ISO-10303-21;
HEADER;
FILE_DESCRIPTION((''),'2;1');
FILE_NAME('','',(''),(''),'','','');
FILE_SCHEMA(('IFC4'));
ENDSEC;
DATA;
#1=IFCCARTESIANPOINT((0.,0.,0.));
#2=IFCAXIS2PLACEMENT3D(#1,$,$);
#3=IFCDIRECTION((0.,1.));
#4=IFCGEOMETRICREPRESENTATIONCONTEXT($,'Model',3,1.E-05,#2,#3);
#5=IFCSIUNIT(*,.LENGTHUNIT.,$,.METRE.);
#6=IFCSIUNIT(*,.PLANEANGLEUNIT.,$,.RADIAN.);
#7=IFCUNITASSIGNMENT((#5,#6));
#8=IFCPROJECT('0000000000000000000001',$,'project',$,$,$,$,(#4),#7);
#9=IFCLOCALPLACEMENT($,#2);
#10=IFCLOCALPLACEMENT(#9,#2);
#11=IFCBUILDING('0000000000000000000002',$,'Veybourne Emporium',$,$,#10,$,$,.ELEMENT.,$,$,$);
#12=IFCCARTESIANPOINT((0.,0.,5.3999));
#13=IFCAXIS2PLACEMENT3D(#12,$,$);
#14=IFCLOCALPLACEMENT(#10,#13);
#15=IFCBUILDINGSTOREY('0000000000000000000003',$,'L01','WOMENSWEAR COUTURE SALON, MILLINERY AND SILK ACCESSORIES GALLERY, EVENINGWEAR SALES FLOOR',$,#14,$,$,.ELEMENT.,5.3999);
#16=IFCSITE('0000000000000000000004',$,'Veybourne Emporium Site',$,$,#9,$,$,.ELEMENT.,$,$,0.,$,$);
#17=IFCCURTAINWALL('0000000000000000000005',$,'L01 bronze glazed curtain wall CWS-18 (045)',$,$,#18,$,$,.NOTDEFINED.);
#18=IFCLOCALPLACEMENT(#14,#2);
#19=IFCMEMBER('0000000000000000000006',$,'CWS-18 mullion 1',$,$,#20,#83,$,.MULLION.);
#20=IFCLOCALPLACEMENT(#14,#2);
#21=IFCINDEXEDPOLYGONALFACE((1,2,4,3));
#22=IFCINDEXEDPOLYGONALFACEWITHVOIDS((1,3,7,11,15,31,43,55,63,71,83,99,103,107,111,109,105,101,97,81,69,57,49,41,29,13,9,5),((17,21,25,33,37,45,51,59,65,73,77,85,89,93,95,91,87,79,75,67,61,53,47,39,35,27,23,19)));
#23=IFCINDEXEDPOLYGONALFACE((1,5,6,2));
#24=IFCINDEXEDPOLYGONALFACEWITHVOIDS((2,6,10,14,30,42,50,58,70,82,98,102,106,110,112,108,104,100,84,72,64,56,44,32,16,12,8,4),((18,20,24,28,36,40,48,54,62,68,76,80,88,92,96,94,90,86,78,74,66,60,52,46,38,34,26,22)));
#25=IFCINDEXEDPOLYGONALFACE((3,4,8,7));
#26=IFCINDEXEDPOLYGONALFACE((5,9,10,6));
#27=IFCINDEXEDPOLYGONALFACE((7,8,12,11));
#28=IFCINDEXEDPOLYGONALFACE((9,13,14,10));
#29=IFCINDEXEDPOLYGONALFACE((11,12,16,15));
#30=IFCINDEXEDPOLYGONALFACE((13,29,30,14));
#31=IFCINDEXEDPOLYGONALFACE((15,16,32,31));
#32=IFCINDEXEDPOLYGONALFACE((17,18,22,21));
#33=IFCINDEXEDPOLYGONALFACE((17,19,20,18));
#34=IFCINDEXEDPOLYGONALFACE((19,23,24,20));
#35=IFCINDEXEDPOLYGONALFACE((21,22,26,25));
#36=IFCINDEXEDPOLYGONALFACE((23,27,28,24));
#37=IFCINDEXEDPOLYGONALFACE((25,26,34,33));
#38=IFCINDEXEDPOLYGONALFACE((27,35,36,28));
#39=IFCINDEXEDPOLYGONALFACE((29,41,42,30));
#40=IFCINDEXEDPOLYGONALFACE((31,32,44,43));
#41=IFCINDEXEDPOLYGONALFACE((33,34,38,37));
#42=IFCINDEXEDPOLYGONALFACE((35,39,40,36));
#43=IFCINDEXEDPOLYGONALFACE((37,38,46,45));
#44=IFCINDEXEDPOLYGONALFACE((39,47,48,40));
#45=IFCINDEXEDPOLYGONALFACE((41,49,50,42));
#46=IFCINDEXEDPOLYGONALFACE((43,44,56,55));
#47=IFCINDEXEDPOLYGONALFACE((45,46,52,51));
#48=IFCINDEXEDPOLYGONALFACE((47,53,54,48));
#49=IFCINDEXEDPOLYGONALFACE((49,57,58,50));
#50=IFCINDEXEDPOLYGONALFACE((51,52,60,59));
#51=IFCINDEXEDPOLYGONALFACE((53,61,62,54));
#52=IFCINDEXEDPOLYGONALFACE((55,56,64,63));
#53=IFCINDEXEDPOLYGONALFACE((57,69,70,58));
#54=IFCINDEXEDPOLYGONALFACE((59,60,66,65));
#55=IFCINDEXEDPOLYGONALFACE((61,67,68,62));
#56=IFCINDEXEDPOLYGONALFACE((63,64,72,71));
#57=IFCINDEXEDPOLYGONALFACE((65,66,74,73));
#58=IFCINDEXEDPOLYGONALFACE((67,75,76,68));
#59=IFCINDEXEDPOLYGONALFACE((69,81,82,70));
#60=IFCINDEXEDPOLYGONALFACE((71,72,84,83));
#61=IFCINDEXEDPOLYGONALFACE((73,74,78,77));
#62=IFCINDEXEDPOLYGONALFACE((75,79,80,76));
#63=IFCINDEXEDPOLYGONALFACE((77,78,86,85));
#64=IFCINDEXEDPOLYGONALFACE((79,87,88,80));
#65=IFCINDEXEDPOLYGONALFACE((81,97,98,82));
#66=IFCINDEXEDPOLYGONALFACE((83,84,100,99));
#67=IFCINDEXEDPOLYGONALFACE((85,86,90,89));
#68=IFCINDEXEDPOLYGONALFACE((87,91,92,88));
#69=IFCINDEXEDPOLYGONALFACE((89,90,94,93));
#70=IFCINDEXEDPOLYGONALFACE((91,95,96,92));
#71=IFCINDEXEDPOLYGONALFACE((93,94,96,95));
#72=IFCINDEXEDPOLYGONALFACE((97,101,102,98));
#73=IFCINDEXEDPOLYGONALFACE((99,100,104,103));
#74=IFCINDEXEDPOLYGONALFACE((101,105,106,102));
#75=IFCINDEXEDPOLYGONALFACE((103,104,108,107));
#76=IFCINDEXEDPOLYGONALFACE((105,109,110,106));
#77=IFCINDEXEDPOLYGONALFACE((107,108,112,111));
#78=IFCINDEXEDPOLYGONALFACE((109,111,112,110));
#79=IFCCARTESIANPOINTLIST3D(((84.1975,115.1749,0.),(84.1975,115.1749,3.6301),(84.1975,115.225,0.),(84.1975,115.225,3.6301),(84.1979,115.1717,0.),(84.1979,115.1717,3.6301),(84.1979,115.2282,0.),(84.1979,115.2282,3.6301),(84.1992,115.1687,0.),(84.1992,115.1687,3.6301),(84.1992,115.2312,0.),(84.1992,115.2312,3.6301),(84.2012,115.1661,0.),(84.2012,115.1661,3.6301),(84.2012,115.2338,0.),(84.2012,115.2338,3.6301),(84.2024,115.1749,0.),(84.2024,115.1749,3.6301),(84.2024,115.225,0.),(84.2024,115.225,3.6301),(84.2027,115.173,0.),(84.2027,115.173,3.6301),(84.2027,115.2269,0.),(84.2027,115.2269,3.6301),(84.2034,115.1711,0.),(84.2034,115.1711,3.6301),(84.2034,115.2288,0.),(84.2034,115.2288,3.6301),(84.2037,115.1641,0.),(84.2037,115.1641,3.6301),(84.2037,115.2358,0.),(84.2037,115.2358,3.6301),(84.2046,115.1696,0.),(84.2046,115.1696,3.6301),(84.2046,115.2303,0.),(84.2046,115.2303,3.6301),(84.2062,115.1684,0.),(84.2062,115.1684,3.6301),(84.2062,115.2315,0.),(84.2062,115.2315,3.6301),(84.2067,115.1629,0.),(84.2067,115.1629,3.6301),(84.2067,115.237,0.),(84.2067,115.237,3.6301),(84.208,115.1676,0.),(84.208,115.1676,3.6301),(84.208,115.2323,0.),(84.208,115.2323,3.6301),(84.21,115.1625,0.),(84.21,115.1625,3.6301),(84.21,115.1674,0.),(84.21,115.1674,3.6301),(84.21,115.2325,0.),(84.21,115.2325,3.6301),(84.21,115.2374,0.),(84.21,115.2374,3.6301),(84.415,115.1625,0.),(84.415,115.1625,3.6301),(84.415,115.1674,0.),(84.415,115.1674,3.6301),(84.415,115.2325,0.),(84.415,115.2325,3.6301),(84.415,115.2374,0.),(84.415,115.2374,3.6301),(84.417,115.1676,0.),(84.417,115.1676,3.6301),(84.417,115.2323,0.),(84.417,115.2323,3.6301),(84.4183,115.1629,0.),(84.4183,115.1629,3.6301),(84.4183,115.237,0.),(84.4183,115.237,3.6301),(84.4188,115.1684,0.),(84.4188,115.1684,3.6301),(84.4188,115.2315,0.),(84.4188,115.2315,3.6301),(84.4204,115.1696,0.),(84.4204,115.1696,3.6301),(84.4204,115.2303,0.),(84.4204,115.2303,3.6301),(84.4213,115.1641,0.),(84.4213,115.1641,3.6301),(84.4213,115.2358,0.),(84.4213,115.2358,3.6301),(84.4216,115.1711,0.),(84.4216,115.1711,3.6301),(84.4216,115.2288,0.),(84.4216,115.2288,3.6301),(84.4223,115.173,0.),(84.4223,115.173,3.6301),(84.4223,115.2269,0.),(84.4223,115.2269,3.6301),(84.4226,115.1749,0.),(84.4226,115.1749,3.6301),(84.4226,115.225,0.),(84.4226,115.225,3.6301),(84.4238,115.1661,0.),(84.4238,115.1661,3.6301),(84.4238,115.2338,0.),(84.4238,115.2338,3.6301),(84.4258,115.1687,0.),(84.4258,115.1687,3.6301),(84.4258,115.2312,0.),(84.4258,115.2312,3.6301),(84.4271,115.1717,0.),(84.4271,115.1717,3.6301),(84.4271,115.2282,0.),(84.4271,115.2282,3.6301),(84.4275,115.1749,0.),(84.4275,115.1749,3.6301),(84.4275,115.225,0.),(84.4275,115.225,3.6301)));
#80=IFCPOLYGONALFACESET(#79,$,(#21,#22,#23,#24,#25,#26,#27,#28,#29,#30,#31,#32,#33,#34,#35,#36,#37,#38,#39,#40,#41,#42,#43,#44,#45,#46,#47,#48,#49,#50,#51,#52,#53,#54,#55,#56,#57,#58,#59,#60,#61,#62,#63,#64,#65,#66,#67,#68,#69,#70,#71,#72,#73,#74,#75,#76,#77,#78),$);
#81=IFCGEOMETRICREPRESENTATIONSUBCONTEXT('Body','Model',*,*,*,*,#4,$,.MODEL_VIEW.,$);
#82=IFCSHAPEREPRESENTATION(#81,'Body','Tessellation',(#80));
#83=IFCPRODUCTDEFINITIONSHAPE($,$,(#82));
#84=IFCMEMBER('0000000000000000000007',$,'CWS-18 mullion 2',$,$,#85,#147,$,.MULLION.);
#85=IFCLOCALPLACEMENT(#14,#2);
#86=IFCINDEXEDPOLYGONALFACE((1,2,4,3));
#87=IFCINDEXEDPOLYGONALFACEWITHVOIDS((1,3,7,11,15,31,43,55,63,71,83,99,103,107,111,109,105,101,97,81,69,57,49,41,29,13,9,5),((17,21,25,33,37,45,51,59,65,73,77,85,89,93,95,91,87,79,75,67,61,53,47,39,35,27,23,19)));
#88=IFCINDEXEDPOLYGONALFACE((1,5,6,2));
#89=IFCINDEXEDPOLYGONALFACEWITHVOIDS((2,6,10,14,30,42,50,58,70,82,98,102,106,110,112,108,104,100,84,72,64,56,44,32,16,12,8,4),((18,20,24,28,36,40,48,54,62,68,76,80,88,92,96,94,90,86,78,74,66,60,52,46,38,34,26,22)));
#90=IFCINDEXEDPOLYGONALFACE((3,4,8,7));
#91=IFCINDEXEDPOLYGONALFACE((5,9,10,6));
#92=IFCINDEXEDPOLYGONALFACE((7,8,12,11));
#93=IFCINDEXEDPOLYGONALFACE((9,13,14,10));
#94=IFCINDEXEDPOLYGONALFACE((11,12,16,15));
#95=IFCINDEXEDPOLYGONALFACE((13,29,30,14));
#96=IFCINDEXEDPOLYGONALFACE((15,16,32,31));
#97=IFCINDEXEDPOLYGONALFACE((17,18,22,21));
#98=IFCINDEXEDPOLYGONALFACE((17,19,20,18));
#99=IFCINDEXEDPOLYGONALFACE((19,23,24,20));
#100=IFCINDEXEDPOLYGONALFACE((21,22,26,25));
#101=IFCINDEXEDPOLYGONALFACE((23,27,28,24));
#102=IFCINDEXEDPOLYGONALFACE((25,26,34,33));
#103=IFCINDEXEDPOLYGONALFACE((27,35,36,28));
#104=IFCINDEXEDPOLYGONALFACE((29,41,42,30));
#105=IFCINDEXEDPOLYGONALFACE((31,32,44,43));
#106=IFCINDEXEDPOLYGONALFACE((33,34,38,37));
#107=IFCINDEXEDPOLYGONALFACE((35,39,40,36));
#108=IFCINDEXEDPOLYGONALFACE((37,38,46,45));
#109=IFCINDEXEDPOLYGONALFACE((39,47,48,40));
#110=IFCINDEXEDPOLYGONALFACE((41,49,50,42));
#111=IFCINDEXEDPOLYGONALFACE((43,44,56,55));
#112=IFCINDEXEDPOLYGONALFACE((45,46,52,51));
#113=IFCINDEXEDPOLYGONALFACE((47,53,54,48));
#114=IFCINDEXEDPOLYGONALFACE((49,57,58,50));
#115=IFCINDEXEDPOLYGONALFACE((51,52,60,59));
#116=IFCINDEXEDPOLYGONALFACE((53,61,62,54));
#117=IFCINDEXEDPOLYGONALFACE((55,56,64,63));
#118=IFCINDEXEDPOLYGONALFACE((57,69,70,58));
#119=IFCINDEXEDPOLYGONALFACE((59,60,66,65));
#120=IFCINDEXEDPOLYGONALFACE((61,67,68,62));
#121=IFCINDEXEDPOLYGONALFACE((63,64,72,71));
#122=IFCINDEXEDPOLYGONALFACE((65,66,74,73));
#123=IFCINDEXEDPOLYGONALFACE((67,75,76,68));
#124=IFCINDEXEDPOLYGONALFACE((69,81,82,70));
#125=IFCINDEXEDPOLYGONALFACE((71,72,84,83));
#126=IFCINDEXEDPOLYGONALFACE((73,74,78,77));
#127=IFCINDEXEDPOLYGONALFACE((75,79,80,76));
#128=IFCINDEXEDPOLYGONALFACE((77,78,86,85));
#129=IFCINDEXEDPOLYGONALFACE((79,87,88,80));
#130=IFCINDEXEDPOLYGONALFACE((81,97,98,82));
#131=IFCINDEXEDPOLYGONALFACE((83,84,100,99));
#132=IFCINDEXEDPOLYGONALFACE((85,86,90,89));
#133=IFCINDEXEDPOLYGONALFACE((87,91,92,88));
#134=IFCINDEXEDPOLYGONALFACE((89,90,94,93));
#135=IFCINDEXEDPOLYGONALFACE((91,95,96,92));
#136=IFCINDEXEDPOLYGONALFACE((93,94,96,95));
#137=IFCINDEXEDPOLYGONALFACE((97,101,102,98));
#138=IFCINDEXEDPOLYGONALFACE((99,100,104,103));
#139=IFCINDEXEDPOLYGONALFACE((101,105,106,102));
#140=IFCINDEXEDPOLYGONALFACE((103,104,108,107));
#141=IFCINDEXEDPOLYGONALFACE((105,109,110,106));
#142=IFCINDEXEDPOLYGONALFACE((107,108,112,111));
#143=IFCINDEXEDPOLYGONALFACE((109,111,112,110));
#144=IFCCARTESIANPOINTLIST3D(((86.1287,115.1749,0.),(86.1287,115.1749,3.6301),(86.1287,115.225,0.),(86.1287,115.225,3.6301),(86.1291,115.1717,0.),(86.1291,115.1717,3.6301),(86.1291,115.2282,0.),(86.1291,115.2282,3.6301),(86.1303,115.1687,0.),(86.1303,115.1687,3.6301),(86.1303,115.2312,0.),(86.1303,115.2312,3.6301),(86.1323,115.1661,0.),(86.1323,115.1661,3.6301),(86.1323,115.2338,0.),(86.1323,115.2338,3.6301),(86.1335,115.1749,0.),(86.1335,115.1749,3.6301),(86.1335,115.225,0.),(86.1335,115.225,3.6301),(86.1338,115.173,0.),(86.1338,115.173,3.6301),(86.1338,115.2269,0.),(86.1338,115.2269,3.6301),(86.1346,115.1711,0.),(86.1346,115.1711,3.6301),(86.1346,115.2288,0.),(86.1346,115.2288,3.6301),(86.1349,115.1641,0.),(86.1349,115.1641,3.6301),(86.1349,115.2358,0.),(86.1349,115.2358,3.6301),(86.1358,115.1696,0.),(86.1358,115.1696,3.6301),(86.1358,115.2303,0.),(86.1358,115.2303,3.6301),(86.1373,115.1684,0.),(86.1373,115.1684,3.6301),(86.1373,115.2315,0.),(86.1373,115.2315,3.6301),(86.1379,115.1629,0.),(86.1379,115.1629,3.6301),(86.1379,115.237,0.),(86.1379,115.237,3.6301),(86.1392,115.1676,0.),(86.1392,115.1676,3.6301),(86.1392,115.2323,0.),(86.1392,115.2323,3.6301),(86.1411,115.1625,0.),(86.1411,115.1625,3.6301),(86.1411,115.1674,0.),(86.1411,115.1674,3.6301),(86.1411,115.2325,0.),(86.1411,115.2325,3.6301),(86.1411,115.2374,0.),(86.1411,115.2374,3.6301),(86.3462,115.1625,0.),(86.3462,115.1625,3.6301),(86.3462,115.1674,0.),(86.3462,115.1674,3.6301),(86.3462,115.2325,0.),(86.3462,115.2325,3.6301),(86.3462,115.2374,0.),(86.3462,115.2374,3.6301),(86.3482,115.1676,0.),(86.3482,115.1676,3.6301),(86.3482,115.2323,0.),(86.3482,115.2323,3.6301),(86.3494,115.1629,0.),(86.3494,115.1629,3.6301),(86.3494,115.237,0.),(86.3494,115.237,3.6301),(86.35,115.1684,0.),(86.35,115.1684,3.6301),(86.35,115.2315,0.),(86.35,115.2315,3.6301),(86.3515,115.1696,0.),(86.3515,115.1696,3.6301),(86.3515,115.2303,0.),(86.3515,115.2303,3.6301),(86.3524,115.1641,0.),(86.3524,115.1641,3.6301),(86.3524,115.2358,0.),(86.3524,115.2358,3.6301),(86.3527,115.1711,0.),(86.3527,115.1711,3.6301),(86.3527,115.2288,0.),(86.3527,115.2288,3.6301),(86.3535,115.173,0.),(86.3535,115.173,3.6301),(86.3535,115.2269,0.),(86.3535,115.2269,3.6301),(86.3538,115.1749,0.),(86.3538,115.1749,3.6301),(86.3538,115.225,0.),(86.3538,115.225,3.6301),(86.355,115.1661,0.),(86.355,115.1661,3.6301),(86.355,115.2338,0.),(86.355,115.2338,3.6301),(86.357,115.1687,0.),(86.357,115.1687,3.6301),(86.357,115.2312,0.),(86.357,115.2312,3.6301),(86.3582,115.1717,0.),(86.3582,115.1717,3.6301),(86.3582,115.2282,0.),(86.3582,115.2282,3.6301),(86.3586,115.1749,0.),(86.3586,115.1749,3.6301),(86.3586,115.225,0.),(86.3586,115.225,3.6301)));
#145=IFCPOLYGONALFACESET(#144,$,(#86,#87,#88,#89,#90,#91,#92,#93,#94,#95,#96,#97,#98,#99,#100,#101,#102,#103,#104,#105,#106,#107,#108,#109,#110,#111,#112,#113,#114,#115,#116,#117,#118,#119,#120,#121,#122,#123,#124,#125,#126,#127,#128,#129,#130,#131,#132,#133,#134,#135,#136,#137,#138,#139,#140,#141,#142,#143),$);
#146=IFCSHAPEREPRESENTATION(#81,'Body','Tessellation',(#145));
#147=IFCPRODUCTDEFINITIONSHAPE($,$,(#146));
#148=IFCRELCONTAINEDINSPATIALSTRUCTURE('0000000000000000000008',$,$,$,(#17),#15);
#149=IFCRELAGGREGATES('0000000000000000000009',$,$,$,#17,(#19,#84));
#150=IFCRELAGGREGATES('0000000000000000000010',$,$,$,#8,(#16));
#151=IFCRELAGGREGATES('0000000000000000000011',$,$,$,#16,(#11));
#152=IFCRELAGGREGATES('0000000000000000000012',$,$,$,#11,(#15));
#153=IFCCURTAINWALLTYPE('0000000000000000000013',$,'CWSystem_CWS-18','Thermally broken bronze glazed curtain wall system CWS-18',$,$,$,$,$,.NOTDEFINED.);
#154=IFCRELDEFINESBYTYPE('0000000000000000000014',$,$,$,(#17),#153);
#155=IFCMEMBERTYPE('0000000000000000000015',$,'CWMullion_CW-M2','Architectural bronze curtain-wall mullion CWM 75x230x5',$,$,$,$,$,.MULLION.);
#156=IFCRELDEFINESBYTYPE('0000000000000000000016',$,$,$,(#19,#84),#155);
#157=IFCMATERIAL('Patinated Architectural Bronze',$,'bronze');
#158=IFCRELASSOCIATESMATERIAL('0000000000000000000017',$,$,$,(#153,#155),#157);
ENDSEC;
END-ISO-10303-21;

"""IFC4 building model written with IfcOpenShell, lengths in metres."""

from ifc_helpers import new_model, si_unit, direction, frame, origin, origin_2d, place, context, subcontext, project, spatial, hollow_rectangle, extrude, material, material_profile, profile_set, type_object, element, aggregate, save


model = new_model("IFC4")

# Units and contexts
model_context = context("Model", 3, precision=1e-05, world=origin(), true_north=direction((0.0, 1.0)))
body_context = subcontext(model_context, "Body", "Model", "MODEL_VIEW")
ifc_project = project(units=[si_unit("LENGTHUNIT", "METRE"), si_unit("PLANEANGLEUNIT", "RADIAN")], contexts=[model_context])

# Site, building, storey
site_placement = place(None, origin())
site = spatial("IfcSite", under=ifc_project, at=site_placement, Name="Veybourne Emporium Site", CompositionType="ELEMENT", RefElevation=0.0)
building_placement = place(site_placement, origin())
building = spatial("IfcBuilding", under=site, at=building_placement, Name="Veybourne Emporium", CompositionType="ELEMENT")
storey_placement = place(building_placement, frame((0.0, 0.0, 5.3999)))
storey = spatial("IfcBuildingStorey", under=building, at=storey_placement, Name="L01", Description="WOMENSWEAR COUTURE SALON, MILLINERY AND SILK ACCESSORIES GALLERY, EVENINGWEAR SALES FLOOR", CompositionType="ELEMENT", Elevation=5.3999)

# Curtain wall, members
ifc_material_1 = material(Name="Patinated Architectural Bronze", Category="bronze")
curtain_wall_type = type_object("IfcCurtainWallType", Name="CWSystem_CWS-18", Description="Thermally broken bronze glazed curtain wall system CWS-18", PredefinedType="NOTDEFINED", material=ifc_material_1)
curtain_wall_placement = place(storey_placement, origin())
curtain_wall = element("IfcCurtainWall", 1, at=curtain_wall_placement, inside=storey, type_object=curtain_wall_type, Name="L01 bronze glazed curtain wall CWS-18 (045)", PredefinedType="NOTDEFINED")
ifc_material_profile_1 = material_profile(ifc_material_1, hollow_rectangle(XDim=0.075, YDim=0.23, WallThickness=0.0049, InnerFilletRadius=0.0076, OuterFilletRadius=0.0125, at=origin_2d()), Name="CWM 75x230x5")
ifc_profile_set_1 = profile_set([ifc_material_profile_1], Name="Patinated Architectural Bronze")
member_type_1 = type_object("IfcMemberType", Name="CWMullion_CW-M2", Description="Architectural bronze curtain-wall mullion CWM 75x230x5", PredefinedType="MULLION", material=ifc_profile_set_1)
member_1_placement = place(storey_placement, frame((84.3125, 115.2, 0.0), z_axis=(0.0, 0.0, 1.0), x_axis=(0.0, 1.0, 0.0)))
member_1 = element("IfcMember", 2, at=member_1_placement, type_object=member_type_1, Name="CWS-18 mullion 1", PredefinedType="MULLION", context=body_context, shape_type="SweptSolid", body=[
    extrude(hollow_rectangle(XDim=0.075, YDim=0.23, WallThickness=0.0049, InnerFilletRadius=0.0076, OuterFilletRadius=0.0125, at=origin_2d()), origin(), (0.0, 0.0, 1.0), 3.6301),
])
member_2_placement = place(storey_placement, frame((86.2437, 115.2, 0.0), z_axis=(0.0, 0.0, 1.0), x_axis=(0.0, 1.0, 0.0)))
member_2 = element("IfcMember", 3, at=member_2_placement, type_object=member_type_1, Name="CWS-18 mullion 2", PredefinedType="MULLION", context=body_context, shape_type="SweptSolid", body=[
    extrude(hollow_rectangle(XDim=0.075, YDim=0.23, WallThickness=0.0049, InnerFilletRadius=0.0076, OuterFilletRadius=0.0125, at=origin_2d()), origin(), (0.0, 0.0, 1.0), 3.6301),
])

aggregate(curtain_wall, [member_1, member_2])

save(model, "model.ifc")
